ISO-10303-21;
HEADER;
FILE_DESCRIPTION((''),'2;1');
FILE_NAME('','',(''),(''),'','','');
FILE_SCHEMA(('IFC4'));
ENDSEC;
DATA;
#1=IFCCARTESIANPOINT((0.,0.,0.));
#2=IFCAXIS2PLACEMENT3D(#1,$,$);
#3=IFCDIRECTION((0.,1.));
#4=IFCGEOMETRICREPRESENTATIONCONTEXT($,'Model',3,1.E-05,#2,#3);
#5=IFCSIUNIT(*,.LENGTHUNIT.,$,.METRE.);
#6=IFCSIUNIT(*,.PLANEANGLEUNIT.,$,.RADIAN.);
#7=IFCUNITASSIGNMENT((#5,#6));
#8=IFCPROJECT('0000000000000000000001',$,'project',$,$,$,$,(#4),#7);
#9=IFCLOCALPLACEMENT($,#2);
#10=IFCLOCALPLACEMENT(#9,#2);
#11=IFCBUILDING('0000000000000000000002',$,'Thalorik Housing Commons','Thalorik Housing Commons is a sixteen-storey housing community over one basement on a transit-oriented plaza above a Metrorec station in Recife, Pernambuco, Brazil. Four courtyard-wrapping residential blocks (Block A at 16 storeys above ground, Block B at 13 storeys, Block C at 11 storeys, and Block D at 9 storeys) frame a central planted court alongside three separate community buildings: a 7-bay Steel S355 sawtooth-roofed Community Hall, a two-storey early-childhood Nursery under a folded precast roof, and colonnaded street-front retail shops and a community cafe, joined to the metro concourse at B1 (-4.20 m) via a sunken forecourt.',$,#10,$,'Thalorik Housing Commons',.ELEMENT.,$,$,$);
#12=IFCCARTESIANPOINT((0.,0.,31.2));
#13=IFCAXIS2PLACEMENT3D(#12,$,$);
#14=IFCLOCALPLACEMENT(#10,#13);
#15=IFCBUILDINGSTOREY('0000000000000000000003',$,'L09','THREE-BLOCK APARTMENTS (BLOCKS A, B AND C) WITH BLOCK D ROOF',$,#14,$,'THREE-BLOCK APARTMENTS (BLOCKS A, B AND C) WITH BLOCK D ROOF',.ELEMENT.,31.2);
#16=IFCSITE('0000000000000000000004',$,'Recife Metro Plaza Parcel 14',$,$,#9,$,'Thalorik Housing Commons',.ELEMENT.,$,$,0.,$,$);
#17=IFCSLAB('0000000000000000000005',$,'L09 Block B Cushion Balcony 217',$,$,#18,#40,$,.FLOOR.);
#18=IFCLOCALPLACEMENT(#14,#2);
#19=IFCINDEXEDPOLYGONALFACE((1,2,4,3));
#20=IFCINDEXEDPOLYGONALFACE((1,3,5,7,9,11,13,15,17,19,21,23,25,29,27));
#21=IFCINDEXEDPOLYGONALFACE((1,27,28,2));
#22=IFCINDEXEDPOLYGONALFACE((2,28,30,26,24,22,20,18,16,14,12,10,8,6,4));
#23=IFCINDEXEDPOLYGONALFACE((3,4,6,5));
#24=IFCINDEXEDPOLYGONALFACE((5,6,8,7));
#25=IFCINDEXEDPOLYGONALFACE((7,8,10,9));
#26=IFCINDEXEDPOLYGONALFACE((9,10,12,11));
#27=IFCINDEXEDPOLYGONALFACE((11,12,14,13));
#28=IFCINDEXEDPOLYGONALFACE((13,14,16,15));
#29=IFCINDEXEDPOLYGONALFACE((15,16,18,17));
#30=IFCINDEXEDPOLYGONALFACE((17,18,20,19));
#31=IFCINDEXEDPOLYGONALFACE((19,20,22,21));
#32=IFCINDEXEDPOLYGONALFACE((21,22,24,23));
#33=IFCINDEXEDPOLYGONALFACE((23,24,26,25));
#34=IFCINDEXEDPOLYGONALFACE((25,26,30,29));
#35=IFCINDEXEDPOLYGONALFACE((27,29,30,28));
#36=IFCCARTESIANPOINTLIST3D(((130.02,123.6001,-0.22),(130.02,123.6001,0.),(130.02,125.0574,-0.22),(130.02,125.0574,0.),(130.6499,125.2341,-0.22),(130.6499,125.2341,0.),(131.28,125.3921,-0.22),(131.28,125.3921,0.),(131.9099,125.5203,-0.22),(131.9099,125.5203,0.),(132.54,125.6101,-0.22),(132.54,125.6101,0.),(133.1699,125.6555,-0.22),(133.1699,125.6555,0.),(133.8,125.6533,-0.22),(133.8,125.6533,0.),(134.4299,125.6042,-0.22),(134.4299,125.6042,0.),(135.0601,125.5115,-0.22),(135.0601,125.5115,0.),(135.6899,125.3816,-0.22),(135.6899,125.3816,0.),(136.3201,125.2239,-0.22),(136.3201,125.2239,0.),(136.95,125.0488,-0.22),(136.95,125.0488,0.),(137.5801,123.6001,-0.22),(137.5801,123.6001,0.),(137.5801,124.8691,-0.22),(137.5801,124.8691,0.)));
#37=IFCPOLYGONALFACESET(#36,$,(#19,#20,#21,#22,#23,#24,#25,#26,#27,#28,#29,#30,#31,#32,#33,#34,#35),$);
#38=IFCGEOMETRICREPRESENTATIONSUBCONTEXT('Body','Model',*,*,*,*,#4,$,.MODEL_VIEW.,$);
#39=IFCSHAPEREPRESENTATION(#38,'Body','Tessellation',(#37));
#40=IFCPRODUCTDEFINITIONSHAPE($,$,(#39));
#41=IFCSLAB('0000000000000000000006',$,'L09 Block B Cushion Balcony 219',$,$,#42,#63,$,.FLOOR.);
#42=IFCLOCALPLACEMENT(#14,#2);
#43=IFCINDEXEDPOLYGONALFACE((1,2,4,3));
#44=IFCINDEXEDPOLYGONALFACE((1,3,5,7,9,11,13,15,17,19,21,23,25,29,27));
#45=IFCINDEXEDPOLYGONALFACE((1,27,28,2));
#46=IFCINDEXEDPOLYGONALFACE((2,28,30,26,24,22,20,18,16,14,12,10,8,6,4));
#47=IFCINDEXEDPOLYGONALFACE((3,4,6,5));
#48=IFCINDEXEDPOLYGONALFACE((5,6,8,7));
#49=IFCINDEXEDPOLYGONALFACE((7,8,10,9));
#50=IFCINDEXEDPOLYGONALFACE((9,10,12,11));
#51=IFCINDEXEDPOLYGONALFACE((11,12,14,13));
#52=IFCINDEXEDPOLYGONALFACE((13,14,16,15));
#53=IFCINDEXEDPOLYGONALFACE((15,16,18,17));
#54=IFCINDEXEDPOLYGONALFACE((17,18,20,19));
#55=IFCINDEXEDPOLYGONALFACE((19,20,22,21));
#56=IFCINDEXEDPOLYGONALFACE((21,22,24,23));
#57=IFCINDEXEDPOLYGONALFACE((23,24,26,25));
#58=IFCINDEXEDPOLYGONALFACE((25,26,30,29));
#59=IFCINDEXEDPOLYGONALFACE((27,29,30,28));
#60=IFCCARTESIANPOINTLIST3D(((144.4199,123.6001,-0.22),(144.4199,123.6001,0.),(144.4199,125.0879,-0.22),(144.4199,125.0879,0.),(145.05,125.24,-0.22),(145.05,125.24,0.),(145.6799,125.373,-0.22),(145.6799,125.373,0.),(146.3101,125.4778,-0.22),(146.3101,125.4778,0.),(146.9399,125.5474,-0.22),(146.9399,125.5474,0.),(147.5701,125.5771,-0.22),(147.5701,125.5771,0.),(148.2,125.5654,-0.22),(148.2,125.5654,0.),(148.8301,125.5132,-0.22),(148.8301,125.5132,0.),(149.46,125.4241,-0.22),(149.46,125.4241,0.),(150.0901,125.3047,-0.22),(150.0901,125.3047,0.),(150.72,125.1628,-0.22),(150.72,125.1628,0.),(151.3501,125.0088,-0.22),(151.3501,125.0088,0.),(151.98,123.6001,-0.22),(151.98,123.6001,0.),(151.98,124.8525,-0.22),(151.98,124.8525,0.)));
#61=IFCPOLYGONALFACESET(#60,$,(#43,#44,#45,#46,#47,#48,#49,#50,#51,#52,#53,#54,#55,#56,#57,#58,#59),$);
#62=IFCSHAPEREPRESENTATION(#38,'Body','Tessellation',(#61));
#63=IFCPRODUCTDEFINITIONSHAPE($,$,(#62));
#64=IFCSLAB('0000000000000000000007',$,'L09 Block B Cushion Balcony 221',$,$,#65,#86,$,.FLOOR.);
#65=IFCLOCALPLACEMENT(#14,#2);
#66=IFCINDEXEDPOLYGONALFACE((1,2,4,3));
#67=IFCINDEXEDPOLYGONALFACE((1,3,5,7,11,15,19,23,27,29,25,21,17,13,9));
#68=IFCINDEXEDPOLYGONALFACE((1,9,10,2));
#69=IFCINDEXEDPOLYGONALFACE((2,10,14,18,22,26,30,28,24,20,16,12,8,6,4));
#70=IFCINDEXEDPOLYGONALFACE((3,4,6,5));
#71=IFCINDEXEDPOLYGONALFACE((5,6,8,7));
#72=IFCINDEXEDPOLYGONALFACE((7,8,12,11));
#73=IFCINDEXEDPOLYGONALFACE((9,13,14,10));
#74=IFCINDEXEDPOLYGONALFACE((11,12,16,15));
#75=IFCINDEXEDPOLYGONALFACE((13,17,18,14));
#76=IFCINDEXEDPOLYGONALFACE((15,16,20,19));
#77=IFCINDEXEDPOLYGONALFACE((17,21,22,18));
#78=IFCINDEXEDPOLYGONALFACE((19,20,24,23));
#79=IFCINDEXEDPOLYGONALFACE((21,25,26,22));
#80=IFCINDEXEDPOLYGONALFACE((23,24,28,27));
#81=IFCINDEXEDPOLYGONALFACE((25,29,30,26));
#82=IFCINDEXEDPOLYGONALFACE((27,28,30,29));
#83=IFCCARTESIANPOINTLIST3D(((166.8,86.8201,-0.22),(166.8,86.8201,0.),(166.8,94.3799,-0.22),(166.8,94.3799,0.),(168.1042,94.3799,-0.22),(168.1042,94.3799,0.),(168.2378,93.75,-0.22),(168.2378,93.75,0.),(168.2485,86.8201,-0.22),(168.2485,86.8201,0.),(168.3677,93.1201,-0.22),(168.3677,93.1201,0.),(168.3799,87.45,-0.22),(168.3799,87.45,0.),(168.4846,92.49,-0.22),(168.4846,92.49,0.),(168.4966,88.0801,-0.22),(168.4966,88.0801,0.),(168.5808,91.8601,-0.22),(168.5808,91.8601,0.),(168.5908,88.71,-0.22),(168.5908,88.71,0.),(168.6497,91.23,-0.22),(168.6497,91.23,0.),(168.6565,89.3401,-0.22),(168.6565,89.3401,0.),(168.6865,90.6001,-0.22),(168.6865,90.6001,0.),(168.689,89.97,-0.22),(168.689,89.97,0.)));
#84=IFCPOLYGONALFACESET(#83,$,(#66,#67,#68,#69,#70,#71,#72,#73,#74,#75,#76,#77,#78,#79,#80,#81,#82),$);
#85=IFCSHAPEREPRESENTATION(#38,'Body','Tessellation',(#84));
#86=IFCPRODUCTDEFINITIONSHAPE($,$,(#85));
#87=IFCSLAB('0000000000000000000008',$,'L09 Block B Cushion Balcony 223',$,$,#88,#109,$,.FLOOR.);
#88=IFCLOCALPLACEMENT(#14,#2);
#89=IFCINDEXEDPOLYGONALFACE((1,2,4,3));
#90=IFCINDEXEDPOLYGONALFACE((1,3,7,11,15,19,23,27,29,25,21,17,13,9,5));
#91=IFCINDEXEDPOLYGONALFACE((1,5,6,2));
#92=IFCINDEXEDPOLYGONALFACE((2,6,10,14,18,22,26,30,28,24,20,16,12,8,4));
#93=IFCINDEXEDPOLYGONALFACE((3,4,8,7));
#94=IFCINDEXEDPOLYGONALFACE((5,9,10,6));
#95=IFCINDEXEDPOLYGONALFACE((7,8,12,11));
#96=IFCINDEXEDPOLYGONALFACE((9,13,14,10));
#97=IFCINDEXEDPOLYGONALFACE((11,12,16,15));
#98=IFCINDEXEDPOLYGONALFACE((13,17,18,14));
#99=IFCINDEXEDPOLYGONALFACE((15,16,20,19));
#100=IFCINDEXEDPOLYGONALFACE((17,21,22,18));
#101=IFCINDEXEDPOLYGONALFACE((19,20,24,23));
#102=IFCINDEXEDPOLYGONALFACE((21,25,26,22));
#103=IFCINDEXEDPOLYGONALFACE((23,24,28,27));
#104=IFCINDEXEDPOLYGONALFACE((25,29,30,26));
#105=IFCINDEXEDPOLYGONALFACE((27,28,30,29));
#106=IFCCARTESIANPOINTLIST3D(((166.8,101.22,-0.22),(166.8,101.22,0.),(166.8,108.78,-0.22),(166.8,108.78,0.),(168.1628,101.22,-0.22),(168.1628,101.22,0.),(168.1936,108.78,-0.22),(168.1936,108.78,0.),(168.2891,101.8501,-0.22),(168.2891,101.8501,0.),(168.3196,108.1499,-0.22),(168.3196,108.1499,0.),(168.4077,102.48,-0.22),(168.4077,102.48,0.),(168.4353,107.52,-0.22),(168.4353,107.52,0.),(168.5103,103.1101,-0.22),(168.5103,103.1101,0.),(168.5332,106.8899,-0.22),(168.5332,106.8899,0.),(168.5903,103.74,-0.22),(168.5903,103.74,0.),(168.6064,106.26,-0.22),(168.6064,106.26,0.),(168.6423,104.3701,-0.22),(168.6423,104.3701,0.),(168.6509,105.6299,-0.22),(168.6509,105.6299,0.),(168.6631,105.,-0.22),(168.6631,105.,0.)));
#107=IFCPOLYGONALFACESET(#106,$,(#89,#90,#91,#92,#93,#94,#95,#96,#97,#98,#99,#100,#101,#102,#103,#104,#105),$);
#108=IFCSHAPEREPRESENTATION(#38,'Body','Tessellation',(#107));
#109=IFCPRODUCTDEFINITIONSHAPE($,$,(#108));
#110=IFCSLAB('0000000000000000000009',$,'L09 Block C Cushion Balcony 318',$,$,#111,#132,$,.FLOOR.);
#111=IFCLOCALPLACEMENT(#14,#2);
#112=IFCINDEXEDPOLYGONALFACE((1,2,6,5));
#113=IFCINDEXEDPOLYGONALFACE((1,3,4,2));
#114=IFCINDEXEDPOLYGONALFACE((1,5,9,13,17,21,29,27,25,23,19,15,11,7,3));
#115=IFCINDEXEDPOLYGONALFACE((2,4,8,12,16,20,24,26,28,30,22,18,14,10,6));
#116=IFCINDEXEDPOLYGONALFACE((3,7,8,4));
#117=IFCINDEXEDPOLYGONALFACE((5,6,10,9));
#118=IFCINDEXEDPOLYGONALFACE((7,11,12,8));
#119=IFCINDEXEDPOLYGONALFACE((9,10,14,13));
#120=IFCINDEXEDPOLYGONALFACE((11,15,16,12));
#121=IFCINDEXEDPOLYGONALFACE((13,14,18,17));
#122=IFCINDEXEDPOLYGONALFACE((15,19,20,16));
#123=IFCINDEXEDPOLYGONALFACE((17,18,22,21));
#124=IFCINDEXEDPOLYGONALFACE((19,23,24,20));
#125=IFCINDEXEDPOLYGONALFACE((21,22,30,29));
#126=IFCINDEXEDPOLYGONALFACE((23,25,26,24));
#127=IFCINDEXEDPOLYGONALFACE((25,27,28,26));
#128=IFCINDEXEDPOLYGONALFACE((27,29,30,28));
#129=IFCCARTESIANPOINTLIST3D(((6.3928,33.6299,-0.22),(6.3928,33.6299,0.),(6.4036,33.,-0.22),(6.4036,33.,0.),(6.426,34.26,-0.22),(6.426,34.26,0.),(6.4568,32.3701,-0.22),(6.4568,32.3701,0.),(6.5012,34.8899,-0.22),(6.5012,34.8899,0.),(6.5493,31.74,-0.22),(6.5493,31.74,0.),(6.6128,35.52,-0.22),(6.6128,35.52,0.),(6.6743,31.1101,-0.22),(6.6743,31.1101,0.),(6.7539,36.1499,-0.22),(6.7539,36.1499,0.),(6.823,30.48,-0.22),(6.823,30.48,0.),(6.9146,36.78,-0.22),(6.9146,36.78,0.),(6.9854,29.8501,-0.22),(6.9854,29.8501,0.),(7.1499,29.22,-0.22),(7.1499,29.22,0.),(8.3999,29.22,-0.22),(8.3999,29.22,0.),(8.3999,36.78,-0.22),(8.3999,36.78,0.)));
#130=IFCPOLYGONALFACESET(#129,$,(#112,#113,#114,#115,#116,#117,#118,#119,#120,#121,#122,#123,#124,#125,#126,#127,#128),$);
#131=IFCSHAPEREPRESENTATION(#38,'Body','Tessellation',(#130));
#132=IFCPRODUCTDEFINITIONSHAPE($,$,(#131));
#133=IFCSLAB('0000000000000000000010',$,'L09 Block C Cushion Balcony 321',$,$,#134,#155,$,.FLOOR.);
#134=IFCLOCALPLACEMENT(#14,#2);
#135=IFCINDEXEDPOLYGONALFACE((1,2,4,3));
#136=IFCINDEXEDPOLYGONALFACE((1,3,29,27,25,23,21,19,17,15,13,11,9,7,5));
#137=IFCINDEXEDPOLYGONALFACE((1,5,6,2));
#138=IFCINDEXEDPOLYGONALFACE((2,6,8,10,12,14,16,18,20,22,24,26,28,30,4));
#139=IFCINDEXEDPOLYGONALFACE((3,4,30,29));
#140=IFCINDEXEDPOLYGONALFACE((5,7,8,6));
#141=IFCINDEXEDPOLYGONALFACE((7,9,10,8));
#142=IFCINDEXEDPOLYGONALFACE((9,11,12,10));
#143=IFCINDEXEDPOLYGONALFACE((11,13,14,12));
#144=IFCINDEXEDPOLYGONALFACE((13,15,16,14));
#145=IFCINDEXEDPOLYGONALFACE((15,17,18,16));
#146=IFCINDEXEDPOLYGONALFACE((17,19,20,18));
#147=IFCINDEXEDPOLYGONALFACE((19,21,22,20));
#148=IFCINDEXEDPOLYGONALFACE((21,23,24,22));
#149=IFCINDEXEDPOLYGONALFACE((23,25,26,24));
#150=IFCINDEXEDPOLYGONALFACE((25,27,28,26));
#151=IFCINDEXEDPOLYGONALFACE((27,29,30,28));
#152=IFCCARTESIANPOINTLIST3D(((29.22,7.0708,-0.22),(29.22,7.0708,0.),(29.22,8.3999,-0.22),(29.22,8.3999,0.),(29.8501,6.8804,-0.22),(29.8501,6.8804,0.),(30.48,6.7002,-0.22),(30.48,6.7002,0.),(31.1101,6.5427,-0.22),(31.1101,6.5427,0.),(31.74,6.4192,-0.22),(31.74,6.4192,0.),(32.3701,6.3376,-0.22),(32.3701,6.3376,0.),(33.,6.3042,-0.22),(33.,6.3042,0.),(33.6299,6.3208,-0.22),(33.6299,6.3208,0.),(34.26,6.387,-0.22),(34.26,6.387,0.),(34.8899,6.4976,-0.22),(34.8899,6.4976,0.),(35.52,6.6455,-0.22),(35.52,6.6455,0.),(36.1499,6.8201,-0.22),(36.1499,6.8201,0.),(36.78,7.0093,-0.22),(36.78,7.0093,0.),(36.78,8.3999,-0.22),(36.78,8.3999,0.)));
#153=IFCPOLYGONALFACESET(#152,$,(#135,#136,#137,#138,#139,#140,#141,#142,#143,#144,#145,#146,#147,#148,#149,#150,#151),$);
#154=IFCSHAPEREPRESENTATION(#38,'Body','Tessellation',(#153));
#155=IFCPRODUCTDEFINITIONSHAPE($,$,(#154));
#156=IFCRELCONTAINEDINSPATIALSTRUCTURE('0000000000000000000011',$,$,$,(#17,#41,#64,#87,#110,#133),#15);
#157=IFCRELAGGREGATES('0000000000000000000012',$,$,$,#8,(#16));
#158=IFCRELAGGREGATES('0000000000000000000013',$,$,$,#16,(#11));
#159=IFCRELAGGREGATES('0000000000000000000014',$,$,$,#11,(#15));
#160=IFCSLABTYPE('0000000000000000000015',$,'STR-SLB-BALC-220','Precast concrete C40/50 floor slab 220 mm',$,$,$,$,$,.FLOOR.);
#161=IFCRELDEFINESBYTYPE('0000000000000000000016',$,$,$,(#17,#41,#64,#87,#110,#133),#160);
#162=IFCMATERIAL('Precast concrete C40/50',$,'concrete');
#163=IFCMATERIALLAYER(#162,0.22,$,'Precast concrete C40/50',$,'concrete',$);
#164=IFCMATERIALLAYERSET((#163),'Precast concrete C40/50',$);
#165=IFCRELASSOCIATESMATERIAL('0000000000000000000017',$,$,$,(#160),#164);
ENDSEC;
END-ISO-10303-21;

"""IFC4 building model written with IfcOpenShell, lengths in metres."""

from ifc_helpers import new_model, si_unit, direction, frame, origin, place, context, subcontext, project, spatial, polyline, outline, extrude, material, layer, layer_set, type_object, element, save


model = new_model("IFC4")

# Units and contexts
model_context = context("Model", 3, precision=1e-05, world=origin(), true_north=direction((0.0, 1.0)))
body_context = subcontext(model_context, "Body", "Model", "MODEL_VIEW")
ifc_project = project(units=[si_unit("LENGTHUNIT", "METRE"), si_unit("PLANEANGLEUNIT", "RADIAN")], contexts=[model_context])

# Site, building, storey
site_placement = place(None, origin())
site = spatial("IfcSite", under=ifc_project, at=site_placement, Name="Recife Metro Plaza Parcel 14", LongName="Thalorik Housing Commons", CompositionType="ELEMENT", RefElevation=0.0)
building_placement = place(site_placement, origin())
building = spatial("IfcBuilding", under=site, at=building_placement, Name="Thalorik Housing Commons", Description="Thalorik Housing Commons is a sixteen-storey housing community over one basement on a transit-oriented plaza above a Metrorec station in Recife, Pernambuco, Brazil. Four courtyard-wrapping residential blocks (Block A at 16 storeys above ground, Block B at 13 storeys, Block C at 11 storeys, and Block D at 9 storeys) frame a central planted court alongside three separate community buildings: a 7-bay Steel S355 sawtooth-roofed Community Hall, a two-storey early-childhood Nursery under a folded precast roof, and colonnaded street-front retail shops and a community cafe, joined to the metro concourse at B1 (-4.20 m) via a sunken forecourt.", LongName="Thalorik Housing Commons", CompositionType="ELEMENT")
storey_placement = place(building_placement, frame((0.0, 0.0, 31.2)))
storey = spatial("IfcBuildingStorey", under=building, at=storey_placement, Name="L09", Description="THREE-BLOCK APARTMENTS (BLOCKS A, B AND C) WITH BLOCK D ROOF", LongName="THREE-BLOCK APARTMENTS (BLOCKS A, B AND C) WITH BLOCK D ROOF", CompositionType="ELEMENT", Elevation=31.2)

# Slabs
ifc_material_1 = material(Name="Precast concrete C40/50", Category="concrete")
ifc_layer_1 = layer(ifc_material_1, 0.22, Name="Precast concrete C40/50", Category="concrete")
ifc_layer_set_1 = layer_set([ifc_layer_1], Name="Precast concrete C40/50")
slab_type_1 = type_object("IfcSlabType", Name="STR-SLB-BALC-220", Description="Precast concrete C40/50 floor slab 220 mm", PredefinedType="FLOOR", material=ifc_layer_set_1)
slab_1_placement = place(storey_placement, frame((0.0, 0.0, -0.22)))
element("IfcSlab", 1, at=slab_1_placement, inside=storey, type_object=slab_type_1, Name="L09 Block B Cushion Balcony 217", PredefinedType="FLOOR", context=body_context, shape_type="SweptSolid", body=[
    extrude(outline(polyline([(130.02, 123.6001), (137.5801, 123.6001), (137.5801, 124.8691), (136.95, 125.0488), (136.3201, 125.2239), (135.6899, 125.3816), (135.0601, 125.5115), (134.4299, 125.6042), (133.8, 125.6533), (133.1699, 125.6555), (132.54, 125.6101), (131.9099, 125.5203), (131.28, 125.3921), (130.6499, 125.2341), (130.02, 125.0574), (130.02, 123.6001)])), origin(), (0.0, 0.0, 1.0), 0.22),
])
slab_2_placement = place(storey_placement, frame((0.0, 0.0, -0.22)))
element("IfcSlab", 2, at=slab_2_placement, inside=storey, type_object=slab_type_1, Name="L09 Block B Cushion Balcony 219", PredefinedType="FLOOR", context=body_context, shape_type="SweptSolid", body=[
    extrude(outline(polyline([(144.4199, 123.6001), (151.98, 123.6001), (151.98, 124.8525), (151.3501, 125.0088), (150.72, 125.1628), (150.0901, 125.3047), (149.46, 125.4241), (148.8301, 125.5132), (148.2, 125.5654), (147.5701, 125.5771), (146.9399, 125.5474), (146.3101, 125.4778), (145.6799, 125.373), (145.05, 125.24), (144.4199, 125.0879), (144.4199, 123.6001)])), origin(), (0.0, 0.0, 1.0), 0.22),
])
slab_3_placement = place(storey_placement, frame((0.0, 0.0, -0.22)))
element("IfcSlab", 3, at=slab_3_placement, inside=storey, type_object=slab_type_1, Name="L09 Block B Cushion Balcony 221", PredefinedType="FLOOR", context=body_context, shape_type="SweptSolid", body=[
    extrude(outline(polyline([(168.2485, 86.8201), (168.3799, 87.45), (168.4966, 88.0801), (168.5908, 88.71), (168.6565, 89.3401), (168.689, 89.97), (168.6865, 90.6001), (168.6497, 91.23), (168.5808, 91.8601), (168.4846, 92.49), (168.3677, 93.1201), (168.2378, 93.75), (168.1042, 94.3799), (166.8, 94.3799), (166.8, 86.8201), (168.2485, 86.8201)])), origin(), (0.0, 0.0, 1.0), 0.22),
])
slab_4_placement = place(storey_placement, frame((0.0, 0.0, -0.22)))
element("IfcSlab", 4, at=slab_4_placement, inside=storey, type_object=slab_type_1, Name="L09 Block B Cushion Balcony 223", PredefinedType="FLOOR", context=body_context, shape_type="SweptSolid", body=[
    extrude(outline(polyline([(168.1628, 101.22), (168.2891, 101.8501), (168.4077, 102.48), (168.5103, 103.1101), (168.5903, 103.74), (168.6423, 104.3701), (168.6631, 105.0), (168.6509, 105.6299), (168.6064, 106.26), (168.5332, 106.8899), (168.4353, 107.52), (168.3196, 108.1499), (168.1936, 108.78), (166.8, 108.78), (166.8, 101.22), (168.1628, 101.22)])), origin(), (0.0, 0.0, 1.0), 0.22),
])
slab_5_placement = place(storey_placement, frame((0.0, 0.0, -0.22)))
element("IfcSlab", 5, at=slab_5_placement, inside=storey, type_object=slab_type_1, Name="L09 Block C Cushion Balcony 318", PredefinedType="FLOOR", context=body_context, shape_type="SweptSolid", body=[
    extrude(outline(polyline([(8.3999, 29.22), (8.3999, 36.78), (6.9146, 36.78), (6.7539, 36.1499), (6.6128, 35.52), (6.5012, 34.8899), (6.426, 34.26), (6.3928, 33.6299), (6.4036, 33.0), (6.4568, 32.3701), (6.5493, 31.74), (6.6743, 31.1101), (6.823, 30.48), (6.9854, 29.8501), (7.1499, 29.22), (8.3999, 29.22)])), origin(), (0.0, 0.0, 1.0), 0.22),
])
slab_6_placement = place(storey_placement, frame((0.0, 0.0, -0.22)))
element("IfcSlab", 6, at=slab_6_placement, inside=storey, type_object=slab_type_1, Name="L09 Block C Cushion Balcony 321", PredefinedType="FLOOR", context=body_context, shape_type="SweptSolid", body=[
    extrude(outline(polyline([(29.22, 7.0708), (29.8501, 6.8804), (30.48, 6.7002), (31.1101, 6.5427), (31.74, 6.4192), (32.3701, 6.3376), (33.0, 6.3042), (33.6299, 6.3208), (34.26, 6.387), (34.8899, 6.4976), (35.52, 6.6455), (36.1499, 6.8201), (36.78, 7.0093), (36.78, 8.3999), (29.22, 8.3999), (29.22, 7.0708)])), origin(), (0.0, 0.0, 1.0), 0.22),
])

save(model, "model.ifc")
